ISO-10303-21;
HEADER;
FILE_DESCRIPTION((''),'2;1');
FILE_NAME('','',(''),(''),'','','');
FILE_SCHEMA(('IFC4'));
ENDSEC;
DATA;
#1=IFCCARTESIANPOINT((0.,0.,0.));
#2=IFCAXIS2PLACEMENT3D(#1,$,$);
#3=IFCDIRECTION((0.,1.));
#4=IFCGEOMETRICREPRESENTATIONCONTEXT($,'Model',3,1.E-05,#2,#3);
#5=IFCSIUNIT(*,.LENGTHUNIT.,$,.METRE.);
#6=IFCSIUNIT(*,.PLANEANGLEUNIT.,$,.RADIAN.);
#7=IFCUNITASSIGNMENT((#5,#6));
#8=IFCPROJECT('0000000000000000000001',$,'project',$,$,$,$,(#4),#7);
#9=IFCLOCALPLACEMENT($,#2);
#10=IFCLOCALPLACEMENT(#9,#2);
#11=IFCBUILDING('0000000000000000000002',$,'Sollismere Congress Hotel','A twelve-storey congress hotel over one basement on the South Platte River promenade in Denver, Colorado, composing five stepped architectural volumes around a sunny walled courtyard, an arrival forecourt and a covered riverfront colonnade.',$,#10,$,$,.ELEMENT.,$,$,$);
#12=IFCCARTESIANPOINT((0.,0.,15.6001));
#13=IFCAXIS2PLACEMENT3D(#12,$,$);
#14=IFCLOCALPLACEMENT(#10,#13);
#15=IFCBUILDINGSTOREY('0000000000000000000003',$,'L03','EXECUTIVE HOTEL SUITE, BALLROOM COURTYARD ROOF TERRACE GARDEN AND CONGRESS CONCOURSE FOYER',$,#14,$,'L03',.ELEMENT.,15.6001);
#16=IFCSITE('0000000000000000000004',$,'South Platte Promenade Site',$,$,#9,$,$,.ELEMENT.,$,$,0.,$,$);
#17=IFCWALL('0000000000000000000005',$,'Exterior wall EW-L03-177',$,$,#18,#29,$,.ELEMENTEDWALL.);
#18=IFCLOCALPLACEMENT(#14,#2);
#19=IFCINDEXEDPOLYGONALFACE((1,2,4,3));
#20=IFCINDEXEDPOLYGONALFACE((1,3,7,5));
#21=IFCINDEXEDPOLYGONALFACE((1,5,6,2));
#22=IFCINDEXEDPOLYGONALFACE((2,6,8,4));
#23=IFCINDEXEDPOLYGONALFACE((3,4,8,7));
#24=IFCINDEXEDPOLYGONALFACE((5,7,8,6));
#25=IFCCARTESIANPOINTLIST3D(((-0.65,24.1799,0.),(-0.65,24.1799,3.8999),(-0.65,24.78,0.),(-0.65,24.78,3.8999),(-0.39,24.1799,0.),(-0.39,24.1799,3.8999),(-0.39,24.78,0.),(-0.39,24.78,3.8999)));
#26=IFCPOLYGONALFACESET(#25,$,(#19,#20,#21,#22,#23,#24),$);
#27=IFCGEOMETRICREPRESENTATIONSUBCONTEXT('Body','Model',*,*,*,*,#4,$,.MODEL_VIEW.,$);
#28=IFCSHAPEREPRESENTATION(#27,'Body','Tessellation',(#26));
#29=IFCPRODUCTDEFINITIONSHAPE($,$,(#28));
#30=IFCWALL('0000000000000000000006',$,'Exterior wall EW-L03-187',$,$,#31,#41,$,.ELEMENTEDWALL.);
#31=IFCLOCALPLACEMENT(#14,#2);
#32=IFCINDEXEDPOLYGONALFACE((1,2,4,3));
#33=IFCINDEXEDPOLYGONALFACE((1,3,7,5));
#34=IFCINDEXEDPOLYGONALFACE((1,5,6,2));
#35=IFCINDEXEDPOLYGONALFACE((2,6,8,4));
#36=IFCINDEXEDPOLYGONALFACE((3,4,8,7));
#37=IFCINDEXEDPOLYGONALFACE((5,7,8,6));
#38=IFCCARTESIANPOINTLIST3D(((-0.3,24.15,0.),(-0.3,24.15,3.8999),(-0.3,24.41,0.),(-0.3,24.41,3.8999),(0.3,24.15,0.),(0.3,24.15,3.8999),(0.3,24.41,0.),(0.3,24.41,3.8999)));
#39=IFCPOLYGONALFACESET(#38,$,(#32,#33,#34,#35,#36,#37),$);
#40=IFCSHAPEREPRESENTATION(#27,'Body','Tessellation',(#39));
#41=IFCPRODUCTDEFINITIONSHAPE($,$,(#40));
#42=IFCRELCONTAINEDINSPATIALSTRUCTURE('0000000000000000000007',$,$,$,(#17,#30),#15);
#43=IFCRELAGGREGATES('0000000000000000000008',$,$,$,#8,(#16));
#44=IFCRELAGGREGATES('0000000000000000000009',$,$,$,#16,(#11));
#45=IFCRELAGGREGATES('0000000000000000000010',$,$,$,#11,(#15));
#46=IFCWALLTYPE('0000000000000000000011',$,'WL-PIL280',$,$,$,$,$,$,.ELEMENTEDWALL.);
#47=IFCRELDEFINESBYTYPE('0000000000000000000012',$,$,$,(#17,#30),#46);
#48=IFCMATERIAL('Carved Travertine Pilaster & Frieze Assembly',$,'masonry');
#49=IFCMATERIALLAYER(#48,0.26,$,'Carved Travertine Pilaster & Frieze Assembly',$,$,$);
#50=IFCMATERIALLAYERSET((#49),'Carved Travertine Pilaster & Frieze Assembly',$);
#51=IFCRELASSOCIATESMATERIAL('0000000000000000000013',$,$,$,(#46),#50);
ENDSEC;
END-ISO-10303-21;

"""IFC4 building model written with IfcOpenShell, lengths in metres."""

from ifc_helpers import new_model, si_unit, direction, frame, frame_2d, origin, place, context, subcontext, project, spatial, rectangle, extrude, material, layer, layer_set, type_object, element, save


model = new_model("IFC4")

# Units and contexts
model_context = context("Model", 3, precision=1e-05, world=origin(), true_north=direction((0.0, 1.0)))
body_context = subcontext(model_context, "Body", "Model", "MODEL_VIEW")
ifc_project = project(units=[si_unit("LENGTHUNIT", "METRE"), si_unit("PLANEANGLEUNIT", "RADIAN")], contexts=[model_context])

# Site, building, storey
site_placement = place(None, origin())
site = spatial("IfcSite", under=ifc_project, at=site_placement, Name="South Platte Promenade Site", CompositionType="ELEMENT", RefElevation=0.0)
building_placement = place(site_placement, origin())
building = spatial("IfcBuilding", under=site, at=building_placement, Name="Sollismere Congress Hotel", Description="A twelve-storey congress hotel over one basement on the South Platte River promenade in Denver, Colorado, composing five stepped architectural volumes around a sunny walled courtyard, an arrival forecourt and a covered riverfront colonnade.", CompositionType="ELEMENT")
storey_placement = place(building_placement, frame((0.0, 0.0, 15.6001)))
storey = spatial("IfcBuildingStorey", under=building, at=storey_placement, Name="L03", Description="EXECUTIVE HOTEL SUITE, BALLROOM COURTYARD ROOF TERRACE GARDEN AND CONGRESS CONCOURSE FOYER", LongName="L03", CompositionType="ELEMENT", Elevation=15.6001)

# Walls
ifc_material_1 = material(Name="Carved Travertine Pilaster & Frieze Assembly", Category="masonry")
ifc_layer_1 = layer(ifc_material_1, 0.26, Name="Carved Travertine Pilaster & Frieze Assembly")
ifc_layer_set_1 = layer_set([ifc_layer_1], Name="Carved Travertine Pilaster & Frieze Assembly")
wall_type_1 = type_object("IfcWallType", Name="WL-PIL280", PredefinedType="ELEMENTEDWALL", material=ifc_layer_set_1)
for number, where, z_axis, x_axis, name in (
    (1, (-0.52, 24.1799, 0.0), (0.0, 0.0, 1.0), (0.0, 1.0, 0.0), "Exterior wall EW-L03-177"),
    (2, (-0.3, 24.28, 0.0), (0.0, 0.0, 1.0), (1.0, 0.0, 0.0), "Exterior wall EW-L03-187"),
):
    element("IfcWall", number, at=place(storey_placement, frame(where, z_axis=z_axis, x_axis=x_axis)), inside=storey, type_object=wall_type_1, Name=name, PredefinedType="ELEMENTEDWALL", context=body_context, shape_type="SweptSolid", body=[
        extrude(rectangle(XDim=0.6001, YDim=0.26, at=frame_2d((0.3, 0.0))), origin(), (0.0, 0.0, 1.0), 3.8999),
    ])

save(model, "model.ifc")
